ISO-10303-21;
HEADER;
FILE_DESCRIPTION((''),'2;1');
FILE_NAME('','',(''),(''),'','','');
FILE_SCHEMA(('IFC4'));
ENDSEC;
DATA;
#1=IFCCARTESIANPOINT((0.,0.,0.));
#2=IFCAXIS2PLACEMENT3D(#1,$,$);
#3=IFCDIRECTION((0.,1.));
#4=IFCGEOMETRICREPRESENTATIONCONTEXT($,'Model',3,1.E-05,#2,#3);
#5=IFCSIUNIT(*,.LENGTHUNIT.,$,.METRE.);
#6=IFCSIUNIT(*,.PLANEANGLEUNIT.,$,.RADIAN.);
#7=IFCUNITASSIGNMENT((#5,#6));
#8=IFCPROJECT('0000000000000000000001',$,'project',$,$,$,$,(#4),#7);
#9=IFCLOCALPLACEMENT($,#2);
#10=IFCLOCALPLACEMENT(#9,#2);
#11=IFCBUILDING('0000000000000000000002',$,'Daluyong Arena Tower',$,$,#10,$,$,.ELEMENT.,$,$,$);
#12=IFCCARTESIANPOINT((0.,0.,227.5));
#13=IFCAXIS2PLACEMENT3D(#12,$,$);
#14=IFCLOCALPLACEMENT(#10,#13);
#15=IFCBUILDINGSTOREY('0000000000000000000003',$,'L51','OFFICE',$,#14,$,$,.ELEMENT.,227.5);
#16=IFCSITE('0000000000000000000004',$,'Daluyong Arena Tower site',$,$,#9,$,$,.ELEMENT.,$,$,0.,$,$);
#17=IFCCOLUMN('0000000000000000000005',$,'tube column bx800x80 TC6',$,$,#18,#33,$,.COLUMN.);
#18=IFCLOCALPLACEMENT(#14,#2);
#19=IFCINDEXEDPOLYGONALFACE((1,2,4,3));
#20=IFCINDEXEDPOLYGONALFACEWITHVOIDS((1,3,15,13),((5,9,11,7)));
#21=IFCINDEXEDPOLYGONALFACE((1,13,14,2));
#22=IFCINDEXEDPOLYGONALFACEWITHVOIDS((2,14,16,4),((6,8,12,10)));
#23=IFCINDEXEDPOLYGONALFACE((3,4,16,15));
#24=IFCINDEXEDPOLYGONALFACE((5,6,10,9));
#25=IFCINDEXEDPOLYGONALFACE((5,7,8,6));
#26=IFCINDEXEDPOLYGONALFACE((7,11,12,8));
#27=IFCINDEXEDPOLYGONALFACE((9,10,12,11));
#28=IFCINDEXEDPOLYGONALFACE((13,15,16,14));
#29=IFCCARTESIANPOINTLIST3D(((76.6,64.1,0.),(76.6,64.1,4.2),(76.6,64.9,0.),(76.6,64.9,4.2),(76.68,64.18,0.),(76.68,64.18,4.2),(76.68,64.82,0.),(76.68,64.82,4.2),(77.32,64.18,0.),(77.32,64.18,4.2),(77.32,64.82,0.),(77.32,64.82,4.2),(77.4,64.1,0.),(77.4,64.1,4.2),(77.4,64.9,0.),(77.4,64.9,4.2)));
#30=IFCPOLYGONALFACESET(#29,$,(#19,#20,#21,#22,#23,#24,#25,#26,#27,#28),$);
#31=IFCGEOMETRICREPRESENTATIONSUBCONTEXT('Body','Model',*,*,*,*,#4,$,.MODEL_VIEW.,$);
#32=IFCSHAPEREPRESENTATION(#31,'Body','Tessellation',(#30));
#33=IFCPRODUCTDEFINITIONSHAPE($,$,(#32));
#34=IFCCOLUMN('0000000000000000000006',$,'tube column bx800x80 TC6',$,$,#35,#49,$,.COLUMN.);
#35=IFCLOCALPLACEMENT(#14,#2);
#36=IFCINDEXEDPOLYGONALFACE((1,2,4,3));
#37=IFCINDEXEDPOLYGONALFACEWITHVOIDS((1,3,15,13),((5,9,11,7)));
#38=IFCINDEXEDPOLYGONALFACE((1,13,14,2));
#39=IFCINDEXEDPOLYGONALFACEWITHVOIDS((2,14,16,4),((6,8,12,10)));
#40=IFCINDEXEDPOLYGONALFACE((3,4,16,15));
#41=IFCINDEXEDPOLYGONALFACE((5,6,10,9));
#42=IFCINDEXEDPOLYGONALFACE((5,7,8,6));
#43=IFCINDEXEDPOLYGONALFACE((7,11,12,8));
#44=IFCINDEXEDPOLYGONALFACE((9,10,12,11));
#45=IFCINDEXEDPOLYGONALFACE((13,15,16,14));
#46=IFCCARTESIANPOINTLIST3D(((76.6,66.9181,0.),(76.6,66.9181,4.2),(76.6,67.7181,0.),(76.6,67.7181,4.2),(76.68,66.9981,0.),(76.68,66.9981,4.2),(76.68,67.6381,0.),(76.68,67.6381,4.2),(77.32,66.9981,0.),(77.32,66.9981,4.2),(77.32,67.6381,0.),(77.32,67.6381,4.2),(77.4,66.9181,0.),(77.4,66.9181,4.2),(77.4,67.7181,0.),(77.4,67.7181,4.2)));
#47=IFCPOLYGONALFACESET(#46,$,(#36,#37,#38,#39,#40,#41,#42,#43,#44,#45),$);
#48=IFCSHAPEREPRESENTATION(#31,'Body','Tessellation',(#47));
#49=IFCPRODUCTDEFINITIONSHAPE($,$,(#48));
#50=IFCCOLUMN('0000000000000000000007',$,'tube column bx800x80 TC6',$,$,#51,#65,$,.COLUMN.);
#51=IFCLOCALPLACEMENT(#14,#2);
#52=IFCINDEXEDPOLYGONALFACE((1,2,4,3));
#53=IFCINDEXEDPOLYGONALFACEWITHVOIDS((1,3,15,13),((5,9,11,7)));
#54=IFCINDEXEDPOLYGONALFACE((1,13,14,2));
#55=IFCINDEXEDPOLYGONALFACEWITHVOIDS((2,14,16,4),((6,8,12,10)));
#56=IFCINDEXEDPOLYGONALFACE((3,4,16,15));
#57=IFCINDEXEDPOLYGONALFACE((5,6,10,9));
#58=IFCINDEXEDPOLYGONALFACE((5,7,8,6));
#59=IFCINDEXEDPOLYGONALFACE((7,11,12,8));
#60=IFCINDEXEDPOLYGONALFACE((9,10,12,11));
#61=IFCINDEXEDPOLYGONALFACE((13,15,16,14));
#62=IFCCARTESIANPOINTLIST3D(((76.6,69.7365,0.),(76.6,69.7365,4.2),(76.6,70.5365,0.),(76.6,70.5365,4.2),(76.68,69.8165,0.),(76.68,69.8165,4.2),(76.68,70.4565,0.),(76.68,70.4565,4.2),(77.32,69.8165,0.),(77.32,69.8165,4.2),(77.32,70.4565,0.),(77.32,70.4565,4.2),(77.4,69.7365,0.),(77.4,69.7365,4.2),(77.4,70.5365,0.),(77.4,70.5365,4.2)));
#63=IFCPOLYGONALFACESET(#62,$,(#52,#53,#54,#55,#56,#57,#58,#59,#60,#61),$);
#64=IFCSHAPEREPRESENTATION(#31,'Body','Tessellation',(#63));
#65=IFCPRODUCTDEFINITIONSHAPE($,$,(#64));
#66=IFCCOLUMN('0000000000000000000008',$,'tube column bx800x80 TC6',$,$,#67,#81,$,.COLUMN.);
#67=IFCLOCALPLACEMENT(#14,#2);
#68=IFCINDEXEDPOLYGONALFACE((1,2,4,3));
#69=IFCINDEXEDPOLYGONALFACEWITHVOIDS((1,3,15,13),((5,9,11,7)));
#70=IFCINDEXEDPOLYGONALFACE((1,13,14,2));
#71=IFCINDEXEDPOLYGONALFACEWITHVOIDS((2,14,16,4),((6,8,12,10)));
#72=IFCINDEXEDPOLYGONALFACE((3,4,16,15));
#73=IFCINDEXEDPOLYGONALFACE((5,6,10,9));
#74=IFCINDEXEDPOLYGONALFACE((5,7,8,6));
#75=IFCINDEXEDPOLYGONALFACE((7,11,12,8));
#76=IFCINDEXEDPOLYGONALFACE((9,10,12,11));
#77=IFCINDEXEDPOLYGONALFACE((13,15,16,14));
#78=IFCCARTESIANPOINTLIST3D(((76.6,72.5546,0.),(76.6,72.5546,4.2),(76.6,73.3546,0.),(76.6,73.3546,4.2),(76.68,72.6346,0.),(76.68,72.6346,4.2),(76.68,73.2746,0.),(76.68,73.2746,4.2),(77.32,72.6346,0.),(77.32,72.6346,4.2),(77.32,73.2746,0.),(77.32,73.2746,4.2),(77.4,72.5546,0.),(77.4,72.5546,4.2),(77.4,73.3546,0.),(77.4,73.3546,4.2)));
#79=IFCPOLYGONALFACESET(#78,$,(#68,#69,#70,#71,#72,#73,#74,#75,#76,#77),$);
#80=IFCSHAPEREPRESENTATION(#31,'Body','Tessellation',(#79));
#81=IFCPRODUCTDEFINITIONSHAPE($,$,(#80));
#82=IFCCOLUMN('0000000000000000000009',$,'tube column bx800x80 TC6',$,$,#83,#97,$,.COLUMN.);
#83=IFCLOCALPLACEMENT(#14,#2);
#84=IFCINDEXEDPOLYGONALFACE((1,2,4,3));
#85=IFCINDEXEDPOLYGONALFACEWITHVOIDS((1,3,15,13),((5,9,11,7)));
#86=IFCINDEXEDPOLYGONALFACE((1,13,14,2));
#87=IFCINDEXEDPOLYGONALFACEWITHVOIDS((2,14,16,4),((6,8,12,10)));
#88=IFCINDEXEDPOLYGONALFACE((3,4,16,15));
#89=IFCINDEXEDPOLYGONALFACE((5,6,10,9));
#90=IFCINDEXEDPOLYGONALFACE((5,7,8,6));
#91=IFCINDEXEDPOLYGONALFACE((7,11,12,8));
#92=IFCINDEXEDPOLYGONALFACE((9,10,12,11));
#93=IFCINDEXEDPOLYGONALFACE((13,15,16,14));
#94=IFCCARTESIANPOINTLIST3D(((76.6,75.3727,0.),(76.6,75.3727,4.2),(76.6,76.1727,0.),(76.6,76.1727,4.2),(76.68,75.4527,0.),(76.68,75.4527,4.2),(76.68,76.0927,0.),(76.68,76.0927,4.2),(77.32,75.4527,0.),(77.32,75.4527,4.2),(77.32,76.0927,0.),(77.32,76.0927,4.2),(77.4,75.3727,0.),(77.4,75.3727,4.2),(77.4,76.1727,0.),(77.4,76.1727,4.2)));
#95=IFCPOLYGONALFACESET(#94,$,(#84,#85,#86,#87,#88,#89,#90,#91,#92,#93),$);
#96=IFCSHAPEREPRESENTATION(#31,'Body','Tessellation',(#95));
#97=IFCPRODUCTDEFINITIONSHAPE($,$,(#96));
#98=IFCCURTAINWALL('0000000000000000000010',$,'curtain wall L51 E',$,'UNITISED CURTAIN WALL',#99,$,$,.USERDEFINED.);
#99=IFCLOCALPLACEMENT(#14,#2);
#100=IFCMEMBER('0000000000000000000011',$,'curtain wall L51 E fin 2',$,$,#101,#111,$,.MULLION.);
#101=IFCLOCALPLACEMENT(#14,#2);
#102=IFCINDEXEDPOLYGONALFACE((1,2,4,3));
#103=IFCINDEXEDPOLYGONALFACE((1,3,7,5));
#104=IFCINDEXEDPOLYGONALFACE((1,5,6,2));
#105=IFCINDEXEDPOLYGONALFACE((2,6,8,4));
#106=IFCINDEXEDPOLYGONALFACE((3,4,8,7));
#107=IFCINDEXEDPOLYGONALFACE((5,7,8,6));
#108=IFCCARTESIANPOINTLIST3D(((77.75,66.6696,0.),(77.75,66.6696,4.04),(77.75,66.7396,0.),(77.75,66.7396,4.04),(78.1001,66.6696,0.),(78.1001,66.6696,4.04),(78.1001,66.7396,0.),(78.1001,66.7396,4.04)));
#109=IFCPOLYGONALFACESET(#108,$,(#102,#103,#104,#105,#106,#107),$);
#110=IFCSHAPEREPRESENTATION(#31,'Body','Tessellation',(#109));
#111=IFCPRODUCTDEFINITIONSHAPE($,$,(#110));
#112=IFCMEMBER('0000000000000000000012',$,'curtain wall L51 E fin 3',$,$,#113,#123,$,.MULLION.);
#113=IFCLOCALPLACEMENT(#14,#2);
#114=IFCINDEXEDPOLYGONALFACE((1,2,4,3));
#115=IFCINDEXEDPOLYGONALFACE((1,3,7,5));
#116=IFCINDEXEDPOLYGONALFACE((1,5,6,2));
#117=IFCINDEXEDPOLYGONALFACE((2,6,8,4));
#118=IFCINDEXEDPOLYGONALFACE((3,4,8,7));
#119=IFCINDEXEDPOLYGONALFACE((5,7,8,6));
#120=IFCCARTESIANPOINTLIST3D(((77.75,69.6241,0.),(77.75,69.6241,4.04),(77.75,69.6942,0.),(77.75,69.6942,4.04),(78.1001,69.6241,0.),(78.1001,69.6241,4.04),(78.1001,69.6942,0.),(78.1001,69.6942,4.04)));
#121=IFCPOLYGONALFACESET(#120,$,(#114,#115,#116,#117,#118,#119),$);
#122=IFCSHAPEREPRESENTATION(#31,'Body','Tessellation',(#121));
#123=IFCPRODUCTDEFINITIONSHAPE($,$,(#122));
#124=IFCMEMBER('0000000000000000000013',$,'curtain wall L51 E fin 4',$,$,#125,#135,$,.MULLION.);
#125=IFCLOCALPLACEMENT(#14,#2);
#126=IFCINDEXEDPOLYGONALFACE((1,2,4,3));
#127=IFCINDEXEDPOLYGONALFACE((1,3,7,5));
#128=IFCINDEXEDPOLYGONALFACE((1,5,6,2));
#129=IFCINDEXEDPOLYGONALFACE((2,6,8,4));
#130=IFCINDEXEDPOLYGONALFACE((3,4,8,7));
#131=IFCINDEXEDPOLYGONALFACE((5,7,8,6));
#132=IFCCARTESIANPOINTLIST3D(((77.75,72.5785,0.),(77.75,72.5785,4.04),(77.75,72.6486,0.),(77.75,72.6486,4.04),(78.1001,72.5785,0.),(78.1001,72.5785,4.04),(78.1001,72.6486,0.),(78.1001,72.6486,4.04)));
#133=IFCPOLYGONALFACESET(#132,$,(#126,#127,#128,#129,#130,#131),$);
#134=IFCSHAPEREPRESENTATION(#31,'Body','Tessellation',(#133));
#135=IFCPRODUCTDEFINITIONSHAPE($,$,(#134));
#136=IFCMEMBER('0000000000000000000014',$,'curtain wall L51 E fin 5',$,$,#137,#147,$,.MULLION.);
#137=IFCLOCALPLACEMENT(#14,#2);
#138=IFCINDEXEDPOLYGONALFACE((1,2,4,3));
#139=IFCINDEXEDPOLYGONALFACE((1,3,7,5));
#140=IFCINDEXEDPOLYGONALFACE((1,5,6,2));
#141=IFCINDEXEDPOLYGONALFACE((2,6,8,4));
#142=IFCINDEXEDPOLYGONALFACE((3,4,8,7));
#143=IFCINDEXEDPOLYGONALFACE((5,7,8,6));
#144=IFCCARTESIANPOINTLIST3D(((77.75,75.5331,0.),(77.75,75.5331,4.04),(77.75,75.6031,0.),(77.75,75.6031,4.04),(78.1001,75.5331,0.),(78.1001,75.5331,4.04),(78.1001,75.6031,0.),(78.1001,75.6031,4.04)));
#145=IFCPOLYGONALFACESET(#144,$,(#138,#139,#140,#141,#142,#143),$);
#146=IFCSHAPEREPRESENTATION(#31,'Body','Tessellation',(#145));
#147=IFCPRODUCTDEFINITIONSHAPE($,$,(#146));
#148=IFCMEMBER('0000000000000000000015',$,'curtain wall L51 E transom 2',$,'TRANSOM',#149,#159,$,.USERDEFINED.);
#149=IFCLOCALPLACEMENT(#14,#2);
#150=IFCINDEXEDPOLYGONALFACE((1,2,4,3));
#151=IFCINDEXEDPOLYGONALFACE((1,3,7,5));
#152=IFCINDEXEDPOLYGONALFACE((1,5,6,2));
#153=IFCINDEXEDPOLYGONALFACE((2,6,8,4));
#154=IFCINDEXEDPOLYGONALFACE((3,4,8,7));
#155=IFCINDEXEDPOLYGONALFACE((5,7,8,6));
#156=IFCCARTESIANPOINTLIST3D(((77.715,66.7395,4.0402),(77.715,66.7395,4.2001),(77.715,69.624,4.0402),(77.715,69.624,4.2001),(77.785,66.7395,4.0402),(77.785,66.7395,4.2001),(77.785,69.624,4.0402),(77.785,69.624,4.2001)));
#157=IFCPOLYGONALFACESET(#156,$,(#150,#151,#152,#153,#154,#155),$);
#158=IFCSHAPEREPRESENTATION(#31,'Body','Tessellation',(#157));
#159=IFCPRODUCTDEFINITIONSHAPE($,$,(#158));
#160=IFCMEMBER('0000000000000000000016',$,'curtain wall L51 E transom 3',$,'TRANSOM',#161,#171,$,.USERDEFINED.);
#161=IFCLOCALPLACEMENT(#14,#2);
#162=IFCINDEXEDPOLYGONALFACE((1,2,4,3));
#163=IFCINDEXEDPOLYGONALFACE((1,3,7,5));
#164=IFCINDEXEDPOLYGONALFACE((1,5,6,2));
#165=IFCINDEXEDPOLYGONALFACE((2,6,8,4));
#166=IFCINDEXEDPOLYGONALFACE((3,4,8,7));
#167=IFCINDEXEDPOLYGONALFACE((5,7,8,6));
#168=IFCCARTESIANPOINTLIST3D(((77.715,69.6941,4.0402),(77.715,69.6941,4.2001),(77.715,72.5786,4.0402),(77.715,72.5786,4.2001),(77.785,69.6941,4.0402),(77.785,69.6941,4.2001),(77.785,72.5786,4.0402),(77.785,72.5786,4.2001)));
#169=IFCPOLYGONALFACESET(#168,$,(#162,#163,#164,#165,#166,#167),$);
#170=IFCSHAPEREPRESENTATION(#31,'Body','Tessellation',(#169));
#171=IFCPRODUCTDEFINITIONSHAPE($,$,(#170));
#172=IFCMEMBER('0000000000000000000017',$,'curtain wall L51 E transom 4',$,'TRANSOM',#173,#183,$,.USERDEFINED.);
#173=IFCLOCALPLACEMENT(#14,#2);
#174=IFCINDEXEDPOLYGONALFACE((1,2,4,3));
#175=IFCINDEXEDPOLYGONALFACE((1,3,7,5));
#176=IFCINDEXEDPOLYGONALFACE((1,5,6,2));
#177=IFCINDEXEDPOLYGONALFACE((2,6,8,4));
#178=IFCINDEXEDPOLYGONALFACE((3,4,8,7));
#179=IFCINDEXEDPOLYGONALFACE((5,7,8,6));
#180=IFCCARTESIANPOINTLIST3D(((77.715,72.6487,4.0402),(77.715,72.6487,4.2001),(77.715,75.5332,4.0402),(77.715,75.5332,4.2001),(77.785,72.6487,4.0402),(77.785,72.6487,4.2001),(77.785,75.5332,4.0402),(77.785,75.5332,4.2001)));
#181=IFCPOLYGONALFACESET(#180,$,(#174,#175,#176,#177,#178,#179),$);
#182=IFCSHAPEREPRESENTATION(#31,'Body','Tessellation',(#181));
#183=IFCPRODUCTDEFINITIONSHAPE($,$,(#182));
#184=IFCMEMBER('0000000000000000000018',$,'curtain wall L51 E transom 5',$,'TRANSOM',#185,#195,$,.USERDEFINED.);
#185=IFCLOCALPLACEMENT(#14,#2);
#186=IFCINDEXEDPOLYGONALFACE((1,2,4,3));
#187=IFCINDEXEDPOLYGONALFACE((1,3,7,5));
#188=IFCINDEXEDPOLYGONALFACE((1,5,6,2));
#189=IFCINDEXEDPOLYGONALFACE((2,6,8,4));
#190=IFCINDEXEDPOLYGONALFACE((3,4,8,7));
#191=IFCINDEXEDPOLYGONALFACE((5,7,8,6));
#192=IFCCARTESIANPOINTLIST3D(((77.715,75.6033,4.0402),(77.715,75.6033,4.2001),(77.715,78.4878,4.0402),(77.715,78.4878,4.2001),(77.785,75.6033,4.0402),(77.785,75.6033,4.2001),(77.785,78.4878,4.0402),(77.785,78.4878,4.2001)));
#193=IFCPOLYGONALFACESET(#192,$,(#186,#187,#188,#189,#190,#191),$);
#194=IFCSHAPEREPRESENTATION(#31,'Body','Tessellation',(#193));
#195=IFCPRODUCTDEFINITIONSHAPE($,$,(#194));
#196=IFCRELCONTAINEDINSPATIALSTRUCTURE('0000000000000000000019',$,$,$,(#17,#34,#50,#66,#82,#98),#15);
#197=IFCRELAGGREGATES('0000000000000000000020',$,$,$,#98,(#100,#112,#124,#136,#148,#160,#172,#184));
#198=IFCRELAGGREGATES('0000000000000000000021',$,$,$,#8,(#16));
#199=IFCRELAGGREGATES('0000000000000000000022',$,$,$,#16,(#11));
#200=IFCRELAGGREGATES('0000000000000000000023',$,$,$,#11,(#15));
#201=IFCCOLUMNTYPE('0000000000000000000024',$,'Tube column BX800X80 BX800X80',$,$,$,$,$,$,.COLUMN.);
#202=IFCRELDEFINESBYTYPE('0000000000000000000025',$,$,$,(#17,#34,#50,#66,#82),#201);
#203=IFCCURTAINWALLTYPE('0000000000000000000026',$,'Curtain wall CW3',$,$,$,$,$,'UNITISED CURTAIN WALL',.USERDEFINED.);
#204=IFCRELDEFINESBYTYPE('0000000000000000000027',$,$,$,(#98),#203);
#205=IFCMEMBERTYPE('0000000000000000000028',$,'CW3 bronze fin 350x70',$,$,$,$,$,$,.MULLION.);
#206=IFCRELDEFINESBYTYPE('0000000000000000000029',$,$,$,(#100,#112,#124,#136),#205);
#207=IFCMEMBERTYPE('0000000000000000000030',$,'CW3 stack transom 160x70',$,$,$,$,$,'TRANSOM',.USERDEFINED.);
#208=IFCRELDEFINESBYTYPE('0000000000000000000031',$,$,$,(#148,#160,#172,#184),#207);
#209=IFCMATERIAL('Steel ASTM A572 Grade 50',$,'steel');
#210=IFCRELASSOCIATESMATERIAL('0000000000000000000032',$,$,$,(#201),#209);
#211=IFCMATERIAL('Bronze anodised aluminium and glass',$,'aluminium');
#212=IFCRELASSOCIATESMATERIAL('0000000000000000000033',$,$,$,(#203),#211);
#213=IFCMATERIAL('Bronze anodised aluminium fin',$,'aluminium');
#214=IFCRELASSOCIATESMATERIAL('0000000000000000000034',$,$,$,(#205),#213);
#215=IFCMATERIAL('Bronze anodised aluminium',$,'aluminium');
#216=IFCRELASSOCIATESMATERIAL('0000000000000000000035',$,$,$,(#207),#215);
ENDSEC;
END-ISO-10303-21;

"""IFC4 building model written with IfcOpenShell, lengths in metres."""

from ifc_helpers import new_model, si_unit, direction, frame, origin, origin_2d, place, context, subcontext, project, spatial, rectangle, hollow_rectangle, extrude, material, material_profile, profile_set, type_object, element, aggregate, save


model = new_model("IFC4")

# Units and contexts
model_context = context("Model", 3, precision=1e-05, world=origin(), true_north=direction((0.0, 1.0)))
body_context = subcontext(model_context, "Body", "Model", "MODEL_VIEW")
ifc_project = project(units=[si_unit("LENGTHUNIT", "METRE"), si_unit("PLANEANGLEUNIT", "RADIAN")], contexts=[model_context])

# Site, building, storey
site_placement = place(None, origin())
site = spatial("IfcSite", under=ifc_project, at=site_placement, Name="Daluyong Arena Tower site", CompositionType="ELEMENT", RefElevation=0.0)
building_placement = place(site_placement, origin())
building = spatial("IfcBuilding", under=site, at=building_placement, Name="Daluyong Arena Tower", CompositionType="ELEMENT")
storey_placement = place(building_placement, frame((0.0, 0.0, 227.5)))
storey = spatial("IfcBuildingStorey", under=building, at=storey_placement, Name="L51", Description="OFFICE", CompositionType="ELEMENT", Elevation=227.5)

# Columns
ifc_material_1 = material(Name="Steel ASTM A572 Grade 50", Category="steel")
ifc_material_profile_1 = material_profile(ifc_material_1, hollow_rectangle(XDim=0.8, YDim=0.8, WallThickness=0.08, at=origin_2d()))
ifc_profile_set_1 = profile_set([ifc_material_profile_1], Name="Steel ASTM A572 Grade 50")
column_type = type_object("IfcColumnType", Name="Tube column BX800X80 BX800X80", PredefinedType="COLUMN", material=ifc_profile_set_1)
for number, where, z_axis, x_axis, name in (
    (1, (77.0, 64.5, 0.0), (0.0, 0.0, 1.0), (0.0, 1.0, 0.0), "tube column bx800x80 TC6"),
    (2, (77.0, 67.3181, 0.0), (0.0, 0.0, 1.0), (0.0, 1.0, 0.0), "tube column bx800x80 TC6"),
    (3, (77.0, 70.1365, 0.0), (0.0, 0.0, 1.0), (0.0, 1.0, 0.0), "tube column bx800x80 TC6"),
    (4, (77.0, 72.9546, 0.0), (0.0, 0.0, 1.0), (0.0, 1.0, 0.0), "tube column bx800x80 TC6"),
    (5, (77.0, 75.7727, 0.0), (0.0, 0.0, 1.0), (0.0, 1.0, 0.0), "tube column bx800x80 TC6"),
):
    element("IfcColumn", number, at=place(storey_placement, frame(where, z_axis=z_axis, x_axis=x_axis)), inside=storey, type_object=column_type, Name=name, PredefinedType="COLUMN", context=body_context, shape_type="SweptSolid", body=[
        extrude(hollow_rectangle(XDim=0.8, YDim=0.8, WallThickness=0.08, at=origin_2d()), origin(), (0.0, 0.0, 1.0), 4.2),
    ])

# Curtain wall, members
ifc_material_2 = material(Name="Bronze anodised aluminium and glass", Category="aluminium")
curtain_wall_type = type_object("IfcCurtainWallType", Name="Curtain wall CW3", ElementType="UNITISED CURTAIN WALL", PredefinedType="USERDEFINED", material=ifc_material_2)
curtain_wall_placement = place(storey_placement, origin())
curtain_wall = element("IfcCurtainWall", 6, at=curtain_wall_placement, inside=storey, type_object=curtain_wall_type, Name="curtain wall L51 E", ObjectType="UNITISED CURTAIN WALL", PredefinedType="USERDEFINED")
ifc_material_3 = material(Name="Bronze anodised aluminium fin", Category="aluminium")
ifc_material_profile_2 = material_profile(ifc_material_3, rectangle(XDim=0.3501, YDim=0.0701, at=origin_2d()))
ifc_profile_set_2 = profile_set([ifc_material_profile_2], Name="Bronze anodised aluminium fin")
member_type_1 = type_object("IfcMemberType", Name="CW3 bronze fin 350x70", PredefinedType="MULLION", material=ifc_profile_set_2)
member_1_placement = place(storey_placement, frame((77.925, 66.7046, 0.0), z_axis=(0.0, 0.0, 1.0), x_axis=(-1.0, 0.0, 0.0)))
member_1 = element("IfcMember", 7, at=member_1_placement, type_object=member_type_1, Name="curtain wall L51 E fin 2", PredefinedType="MULLION", context=body_context, shape_type="SweptSolid", body=[
    extrude(rectangle(XDim=0.3501, YDim=0.0701, at=origin_2d()), origin(), (0.0, 0.0, 1.0), 4.04),
])
member_2_placement = place(storey_placement, frame((77.925, 69.6592, 0.0), z_axis=(0.0, 0.0, 1.0), x_axis=(-1.0, 0.0, 0.0)))
member_2 = element("IfcMember", 8, at=member_2_placement, type_object=member_type_1, Name="curtain wall L51 E fin 3", PredefinedType="MULLION", context=body_context, shape_type="SweptSolid", body=[
    extrude(rectangle(XDim=0.3501, YDim=0.0701, at=origin_2d()), origin(), (0.0, 0.0, 1.0), 4.04),
])
member_3_placement = place(storey_placement, frame((77.925, 72.6135, 0.0), z_axis=(0.0, 0.0, 1.0), x_axis=(-1.0, 0.0, 0.0)))
member_3 = element("IfcMember", 9, at=member_3_placement, type_object=member_type_1, Name="curtain wall L51 E fin 4", PredefinedType="MULLION", context=body_context, shape_type="SweptSolid", body=[
    extrude(rectangle(XDim=0.3501, YDim=0.0701, at=origin_2d()), origin(), (0.0, 0.0, 1.0), 4.04),
])
member_4_placement = place(storey_placement, frame((77.925, 75.5681, 0.0), z_axis=(0.0, 0.0, 1.0), x_axis=(-1.0, 0.0, 0.0)))
member_4 = element("IfcMember", 10, at=member_4_placement, type_object=member_type_1, Name="curtain wall L51 E fin 5", PredefinedType="MULLION", context=body_context, shape_type="SweptSolid", body=[
    extrude(rectangle(XDim=0.3501, YDim=0.0701, at=origin_2d()), origin(), (0.0, 0.0, 1.0), 4.04),
])
ifc_material_4 = material(Name="Bronze anodised aluminium", Category="aluminium")
ifc_material_profile_3 = material_profile(ifc_material_4, rectangle(XDim=0.0701, YDim=0.1599, at=origin_2d()))
ifc_profile_set_3 = profile_set([ifc_material_profile_3], Name="Bronze anodised aluminium")
member_type_2 = type_object("IfcMemberType", Name="CW3 stack transom 160x70", ElementType="TRANSOM", PredefinedType="USERDEFINED", material=ifc_profile_set_3)
member_5_placement = place(storey_placement, frame((77.75, 66.7395, 4.1201), z_axis=(0.0, 1.0, 0.0), x_axis=(-1.0, 0.0, 0.0)))
member_5 = element("IfcMember", 11, at=member_5_placement, type_object=member_type_2, Name="curtain wall L51 E transom 2", ObjectType="TRANSOM", PredefinedType="USERDEFINED", context=body_context, shape_type="SweptSolid", body=[
    extrude(rectangle(XDim=0.0701, YDim=0.1599, at=origin_2d()), origin(), (0.0, 0.0, 1.0), 2.8845),
])
member_6_placement = place(storey_placement, frame((77.75, 69.6941, 4.1201), z_axis=(0.0, 1.0, 0.0), x_axis=(-1.0, 0.0, 0.0)))
member_6 = element("IfcMember", 12, at=member_6_placement, type_object=member_type_2, Name="curtain wall L51 E transom 3", ObjectType="TRANSOM", PredefinedType="USERDEFINED", context=body_context, shape_type="SweptSolid", body=[
    extrude(rectangle(XDim=0.0701, YDim=0.1599, at=origin_2d()), origin(), (0.0, 0.0, 1.0), 2.8845),
])
member_7_placement = place(storey_placement, frame((77.75, 72.6487, 4.1201), z_axis=(0.0, 1.0, 0.0), x_axis=(-1.0, 0.0, 0.0)))
member_7 = element("IfcMember", 13, at=member_7_placement, type_object=member_type_2, Name="curtain wall L51 E transom 4", ObjectType="TRANSOM", PredefinedType="USERDEFINED", context=body_context, shape_type="SweptSolid", body=[
    extrude(rectangle(XDim=0.0701, YDim=0.1599, at=origin_2d()), origin(), (0.0, 0.0, 1.0), 2.8845),
])
member_8_placement = place(storey_placement, frame((77.75, 75.6033, 4.1201), z_axis=(0.0, 1.0, 0.0), x_axis=(-1.0, 0.0, 0.0)))
member_8 = element("IfcMember", 14, at=member_8_placement, type_object=member_type_2, Name="curtain wall L51 E transom 5", ObjectType="TRANSOM", PredefinedType="USERDEFINED", context=body_context, shape_type="SweptSolid", body=[
    extrude(rectangle(XDim=0.0701, YDim=0.1599, at=origin_2d()), origin(), (0.0, 0.0, 1.0), 2.8845),
])

aggregate(curtain_wall, [member_1, member_2, member_3, member_4, member_5, member_6, member_7, member_8])

save(model, "model.ifc")
